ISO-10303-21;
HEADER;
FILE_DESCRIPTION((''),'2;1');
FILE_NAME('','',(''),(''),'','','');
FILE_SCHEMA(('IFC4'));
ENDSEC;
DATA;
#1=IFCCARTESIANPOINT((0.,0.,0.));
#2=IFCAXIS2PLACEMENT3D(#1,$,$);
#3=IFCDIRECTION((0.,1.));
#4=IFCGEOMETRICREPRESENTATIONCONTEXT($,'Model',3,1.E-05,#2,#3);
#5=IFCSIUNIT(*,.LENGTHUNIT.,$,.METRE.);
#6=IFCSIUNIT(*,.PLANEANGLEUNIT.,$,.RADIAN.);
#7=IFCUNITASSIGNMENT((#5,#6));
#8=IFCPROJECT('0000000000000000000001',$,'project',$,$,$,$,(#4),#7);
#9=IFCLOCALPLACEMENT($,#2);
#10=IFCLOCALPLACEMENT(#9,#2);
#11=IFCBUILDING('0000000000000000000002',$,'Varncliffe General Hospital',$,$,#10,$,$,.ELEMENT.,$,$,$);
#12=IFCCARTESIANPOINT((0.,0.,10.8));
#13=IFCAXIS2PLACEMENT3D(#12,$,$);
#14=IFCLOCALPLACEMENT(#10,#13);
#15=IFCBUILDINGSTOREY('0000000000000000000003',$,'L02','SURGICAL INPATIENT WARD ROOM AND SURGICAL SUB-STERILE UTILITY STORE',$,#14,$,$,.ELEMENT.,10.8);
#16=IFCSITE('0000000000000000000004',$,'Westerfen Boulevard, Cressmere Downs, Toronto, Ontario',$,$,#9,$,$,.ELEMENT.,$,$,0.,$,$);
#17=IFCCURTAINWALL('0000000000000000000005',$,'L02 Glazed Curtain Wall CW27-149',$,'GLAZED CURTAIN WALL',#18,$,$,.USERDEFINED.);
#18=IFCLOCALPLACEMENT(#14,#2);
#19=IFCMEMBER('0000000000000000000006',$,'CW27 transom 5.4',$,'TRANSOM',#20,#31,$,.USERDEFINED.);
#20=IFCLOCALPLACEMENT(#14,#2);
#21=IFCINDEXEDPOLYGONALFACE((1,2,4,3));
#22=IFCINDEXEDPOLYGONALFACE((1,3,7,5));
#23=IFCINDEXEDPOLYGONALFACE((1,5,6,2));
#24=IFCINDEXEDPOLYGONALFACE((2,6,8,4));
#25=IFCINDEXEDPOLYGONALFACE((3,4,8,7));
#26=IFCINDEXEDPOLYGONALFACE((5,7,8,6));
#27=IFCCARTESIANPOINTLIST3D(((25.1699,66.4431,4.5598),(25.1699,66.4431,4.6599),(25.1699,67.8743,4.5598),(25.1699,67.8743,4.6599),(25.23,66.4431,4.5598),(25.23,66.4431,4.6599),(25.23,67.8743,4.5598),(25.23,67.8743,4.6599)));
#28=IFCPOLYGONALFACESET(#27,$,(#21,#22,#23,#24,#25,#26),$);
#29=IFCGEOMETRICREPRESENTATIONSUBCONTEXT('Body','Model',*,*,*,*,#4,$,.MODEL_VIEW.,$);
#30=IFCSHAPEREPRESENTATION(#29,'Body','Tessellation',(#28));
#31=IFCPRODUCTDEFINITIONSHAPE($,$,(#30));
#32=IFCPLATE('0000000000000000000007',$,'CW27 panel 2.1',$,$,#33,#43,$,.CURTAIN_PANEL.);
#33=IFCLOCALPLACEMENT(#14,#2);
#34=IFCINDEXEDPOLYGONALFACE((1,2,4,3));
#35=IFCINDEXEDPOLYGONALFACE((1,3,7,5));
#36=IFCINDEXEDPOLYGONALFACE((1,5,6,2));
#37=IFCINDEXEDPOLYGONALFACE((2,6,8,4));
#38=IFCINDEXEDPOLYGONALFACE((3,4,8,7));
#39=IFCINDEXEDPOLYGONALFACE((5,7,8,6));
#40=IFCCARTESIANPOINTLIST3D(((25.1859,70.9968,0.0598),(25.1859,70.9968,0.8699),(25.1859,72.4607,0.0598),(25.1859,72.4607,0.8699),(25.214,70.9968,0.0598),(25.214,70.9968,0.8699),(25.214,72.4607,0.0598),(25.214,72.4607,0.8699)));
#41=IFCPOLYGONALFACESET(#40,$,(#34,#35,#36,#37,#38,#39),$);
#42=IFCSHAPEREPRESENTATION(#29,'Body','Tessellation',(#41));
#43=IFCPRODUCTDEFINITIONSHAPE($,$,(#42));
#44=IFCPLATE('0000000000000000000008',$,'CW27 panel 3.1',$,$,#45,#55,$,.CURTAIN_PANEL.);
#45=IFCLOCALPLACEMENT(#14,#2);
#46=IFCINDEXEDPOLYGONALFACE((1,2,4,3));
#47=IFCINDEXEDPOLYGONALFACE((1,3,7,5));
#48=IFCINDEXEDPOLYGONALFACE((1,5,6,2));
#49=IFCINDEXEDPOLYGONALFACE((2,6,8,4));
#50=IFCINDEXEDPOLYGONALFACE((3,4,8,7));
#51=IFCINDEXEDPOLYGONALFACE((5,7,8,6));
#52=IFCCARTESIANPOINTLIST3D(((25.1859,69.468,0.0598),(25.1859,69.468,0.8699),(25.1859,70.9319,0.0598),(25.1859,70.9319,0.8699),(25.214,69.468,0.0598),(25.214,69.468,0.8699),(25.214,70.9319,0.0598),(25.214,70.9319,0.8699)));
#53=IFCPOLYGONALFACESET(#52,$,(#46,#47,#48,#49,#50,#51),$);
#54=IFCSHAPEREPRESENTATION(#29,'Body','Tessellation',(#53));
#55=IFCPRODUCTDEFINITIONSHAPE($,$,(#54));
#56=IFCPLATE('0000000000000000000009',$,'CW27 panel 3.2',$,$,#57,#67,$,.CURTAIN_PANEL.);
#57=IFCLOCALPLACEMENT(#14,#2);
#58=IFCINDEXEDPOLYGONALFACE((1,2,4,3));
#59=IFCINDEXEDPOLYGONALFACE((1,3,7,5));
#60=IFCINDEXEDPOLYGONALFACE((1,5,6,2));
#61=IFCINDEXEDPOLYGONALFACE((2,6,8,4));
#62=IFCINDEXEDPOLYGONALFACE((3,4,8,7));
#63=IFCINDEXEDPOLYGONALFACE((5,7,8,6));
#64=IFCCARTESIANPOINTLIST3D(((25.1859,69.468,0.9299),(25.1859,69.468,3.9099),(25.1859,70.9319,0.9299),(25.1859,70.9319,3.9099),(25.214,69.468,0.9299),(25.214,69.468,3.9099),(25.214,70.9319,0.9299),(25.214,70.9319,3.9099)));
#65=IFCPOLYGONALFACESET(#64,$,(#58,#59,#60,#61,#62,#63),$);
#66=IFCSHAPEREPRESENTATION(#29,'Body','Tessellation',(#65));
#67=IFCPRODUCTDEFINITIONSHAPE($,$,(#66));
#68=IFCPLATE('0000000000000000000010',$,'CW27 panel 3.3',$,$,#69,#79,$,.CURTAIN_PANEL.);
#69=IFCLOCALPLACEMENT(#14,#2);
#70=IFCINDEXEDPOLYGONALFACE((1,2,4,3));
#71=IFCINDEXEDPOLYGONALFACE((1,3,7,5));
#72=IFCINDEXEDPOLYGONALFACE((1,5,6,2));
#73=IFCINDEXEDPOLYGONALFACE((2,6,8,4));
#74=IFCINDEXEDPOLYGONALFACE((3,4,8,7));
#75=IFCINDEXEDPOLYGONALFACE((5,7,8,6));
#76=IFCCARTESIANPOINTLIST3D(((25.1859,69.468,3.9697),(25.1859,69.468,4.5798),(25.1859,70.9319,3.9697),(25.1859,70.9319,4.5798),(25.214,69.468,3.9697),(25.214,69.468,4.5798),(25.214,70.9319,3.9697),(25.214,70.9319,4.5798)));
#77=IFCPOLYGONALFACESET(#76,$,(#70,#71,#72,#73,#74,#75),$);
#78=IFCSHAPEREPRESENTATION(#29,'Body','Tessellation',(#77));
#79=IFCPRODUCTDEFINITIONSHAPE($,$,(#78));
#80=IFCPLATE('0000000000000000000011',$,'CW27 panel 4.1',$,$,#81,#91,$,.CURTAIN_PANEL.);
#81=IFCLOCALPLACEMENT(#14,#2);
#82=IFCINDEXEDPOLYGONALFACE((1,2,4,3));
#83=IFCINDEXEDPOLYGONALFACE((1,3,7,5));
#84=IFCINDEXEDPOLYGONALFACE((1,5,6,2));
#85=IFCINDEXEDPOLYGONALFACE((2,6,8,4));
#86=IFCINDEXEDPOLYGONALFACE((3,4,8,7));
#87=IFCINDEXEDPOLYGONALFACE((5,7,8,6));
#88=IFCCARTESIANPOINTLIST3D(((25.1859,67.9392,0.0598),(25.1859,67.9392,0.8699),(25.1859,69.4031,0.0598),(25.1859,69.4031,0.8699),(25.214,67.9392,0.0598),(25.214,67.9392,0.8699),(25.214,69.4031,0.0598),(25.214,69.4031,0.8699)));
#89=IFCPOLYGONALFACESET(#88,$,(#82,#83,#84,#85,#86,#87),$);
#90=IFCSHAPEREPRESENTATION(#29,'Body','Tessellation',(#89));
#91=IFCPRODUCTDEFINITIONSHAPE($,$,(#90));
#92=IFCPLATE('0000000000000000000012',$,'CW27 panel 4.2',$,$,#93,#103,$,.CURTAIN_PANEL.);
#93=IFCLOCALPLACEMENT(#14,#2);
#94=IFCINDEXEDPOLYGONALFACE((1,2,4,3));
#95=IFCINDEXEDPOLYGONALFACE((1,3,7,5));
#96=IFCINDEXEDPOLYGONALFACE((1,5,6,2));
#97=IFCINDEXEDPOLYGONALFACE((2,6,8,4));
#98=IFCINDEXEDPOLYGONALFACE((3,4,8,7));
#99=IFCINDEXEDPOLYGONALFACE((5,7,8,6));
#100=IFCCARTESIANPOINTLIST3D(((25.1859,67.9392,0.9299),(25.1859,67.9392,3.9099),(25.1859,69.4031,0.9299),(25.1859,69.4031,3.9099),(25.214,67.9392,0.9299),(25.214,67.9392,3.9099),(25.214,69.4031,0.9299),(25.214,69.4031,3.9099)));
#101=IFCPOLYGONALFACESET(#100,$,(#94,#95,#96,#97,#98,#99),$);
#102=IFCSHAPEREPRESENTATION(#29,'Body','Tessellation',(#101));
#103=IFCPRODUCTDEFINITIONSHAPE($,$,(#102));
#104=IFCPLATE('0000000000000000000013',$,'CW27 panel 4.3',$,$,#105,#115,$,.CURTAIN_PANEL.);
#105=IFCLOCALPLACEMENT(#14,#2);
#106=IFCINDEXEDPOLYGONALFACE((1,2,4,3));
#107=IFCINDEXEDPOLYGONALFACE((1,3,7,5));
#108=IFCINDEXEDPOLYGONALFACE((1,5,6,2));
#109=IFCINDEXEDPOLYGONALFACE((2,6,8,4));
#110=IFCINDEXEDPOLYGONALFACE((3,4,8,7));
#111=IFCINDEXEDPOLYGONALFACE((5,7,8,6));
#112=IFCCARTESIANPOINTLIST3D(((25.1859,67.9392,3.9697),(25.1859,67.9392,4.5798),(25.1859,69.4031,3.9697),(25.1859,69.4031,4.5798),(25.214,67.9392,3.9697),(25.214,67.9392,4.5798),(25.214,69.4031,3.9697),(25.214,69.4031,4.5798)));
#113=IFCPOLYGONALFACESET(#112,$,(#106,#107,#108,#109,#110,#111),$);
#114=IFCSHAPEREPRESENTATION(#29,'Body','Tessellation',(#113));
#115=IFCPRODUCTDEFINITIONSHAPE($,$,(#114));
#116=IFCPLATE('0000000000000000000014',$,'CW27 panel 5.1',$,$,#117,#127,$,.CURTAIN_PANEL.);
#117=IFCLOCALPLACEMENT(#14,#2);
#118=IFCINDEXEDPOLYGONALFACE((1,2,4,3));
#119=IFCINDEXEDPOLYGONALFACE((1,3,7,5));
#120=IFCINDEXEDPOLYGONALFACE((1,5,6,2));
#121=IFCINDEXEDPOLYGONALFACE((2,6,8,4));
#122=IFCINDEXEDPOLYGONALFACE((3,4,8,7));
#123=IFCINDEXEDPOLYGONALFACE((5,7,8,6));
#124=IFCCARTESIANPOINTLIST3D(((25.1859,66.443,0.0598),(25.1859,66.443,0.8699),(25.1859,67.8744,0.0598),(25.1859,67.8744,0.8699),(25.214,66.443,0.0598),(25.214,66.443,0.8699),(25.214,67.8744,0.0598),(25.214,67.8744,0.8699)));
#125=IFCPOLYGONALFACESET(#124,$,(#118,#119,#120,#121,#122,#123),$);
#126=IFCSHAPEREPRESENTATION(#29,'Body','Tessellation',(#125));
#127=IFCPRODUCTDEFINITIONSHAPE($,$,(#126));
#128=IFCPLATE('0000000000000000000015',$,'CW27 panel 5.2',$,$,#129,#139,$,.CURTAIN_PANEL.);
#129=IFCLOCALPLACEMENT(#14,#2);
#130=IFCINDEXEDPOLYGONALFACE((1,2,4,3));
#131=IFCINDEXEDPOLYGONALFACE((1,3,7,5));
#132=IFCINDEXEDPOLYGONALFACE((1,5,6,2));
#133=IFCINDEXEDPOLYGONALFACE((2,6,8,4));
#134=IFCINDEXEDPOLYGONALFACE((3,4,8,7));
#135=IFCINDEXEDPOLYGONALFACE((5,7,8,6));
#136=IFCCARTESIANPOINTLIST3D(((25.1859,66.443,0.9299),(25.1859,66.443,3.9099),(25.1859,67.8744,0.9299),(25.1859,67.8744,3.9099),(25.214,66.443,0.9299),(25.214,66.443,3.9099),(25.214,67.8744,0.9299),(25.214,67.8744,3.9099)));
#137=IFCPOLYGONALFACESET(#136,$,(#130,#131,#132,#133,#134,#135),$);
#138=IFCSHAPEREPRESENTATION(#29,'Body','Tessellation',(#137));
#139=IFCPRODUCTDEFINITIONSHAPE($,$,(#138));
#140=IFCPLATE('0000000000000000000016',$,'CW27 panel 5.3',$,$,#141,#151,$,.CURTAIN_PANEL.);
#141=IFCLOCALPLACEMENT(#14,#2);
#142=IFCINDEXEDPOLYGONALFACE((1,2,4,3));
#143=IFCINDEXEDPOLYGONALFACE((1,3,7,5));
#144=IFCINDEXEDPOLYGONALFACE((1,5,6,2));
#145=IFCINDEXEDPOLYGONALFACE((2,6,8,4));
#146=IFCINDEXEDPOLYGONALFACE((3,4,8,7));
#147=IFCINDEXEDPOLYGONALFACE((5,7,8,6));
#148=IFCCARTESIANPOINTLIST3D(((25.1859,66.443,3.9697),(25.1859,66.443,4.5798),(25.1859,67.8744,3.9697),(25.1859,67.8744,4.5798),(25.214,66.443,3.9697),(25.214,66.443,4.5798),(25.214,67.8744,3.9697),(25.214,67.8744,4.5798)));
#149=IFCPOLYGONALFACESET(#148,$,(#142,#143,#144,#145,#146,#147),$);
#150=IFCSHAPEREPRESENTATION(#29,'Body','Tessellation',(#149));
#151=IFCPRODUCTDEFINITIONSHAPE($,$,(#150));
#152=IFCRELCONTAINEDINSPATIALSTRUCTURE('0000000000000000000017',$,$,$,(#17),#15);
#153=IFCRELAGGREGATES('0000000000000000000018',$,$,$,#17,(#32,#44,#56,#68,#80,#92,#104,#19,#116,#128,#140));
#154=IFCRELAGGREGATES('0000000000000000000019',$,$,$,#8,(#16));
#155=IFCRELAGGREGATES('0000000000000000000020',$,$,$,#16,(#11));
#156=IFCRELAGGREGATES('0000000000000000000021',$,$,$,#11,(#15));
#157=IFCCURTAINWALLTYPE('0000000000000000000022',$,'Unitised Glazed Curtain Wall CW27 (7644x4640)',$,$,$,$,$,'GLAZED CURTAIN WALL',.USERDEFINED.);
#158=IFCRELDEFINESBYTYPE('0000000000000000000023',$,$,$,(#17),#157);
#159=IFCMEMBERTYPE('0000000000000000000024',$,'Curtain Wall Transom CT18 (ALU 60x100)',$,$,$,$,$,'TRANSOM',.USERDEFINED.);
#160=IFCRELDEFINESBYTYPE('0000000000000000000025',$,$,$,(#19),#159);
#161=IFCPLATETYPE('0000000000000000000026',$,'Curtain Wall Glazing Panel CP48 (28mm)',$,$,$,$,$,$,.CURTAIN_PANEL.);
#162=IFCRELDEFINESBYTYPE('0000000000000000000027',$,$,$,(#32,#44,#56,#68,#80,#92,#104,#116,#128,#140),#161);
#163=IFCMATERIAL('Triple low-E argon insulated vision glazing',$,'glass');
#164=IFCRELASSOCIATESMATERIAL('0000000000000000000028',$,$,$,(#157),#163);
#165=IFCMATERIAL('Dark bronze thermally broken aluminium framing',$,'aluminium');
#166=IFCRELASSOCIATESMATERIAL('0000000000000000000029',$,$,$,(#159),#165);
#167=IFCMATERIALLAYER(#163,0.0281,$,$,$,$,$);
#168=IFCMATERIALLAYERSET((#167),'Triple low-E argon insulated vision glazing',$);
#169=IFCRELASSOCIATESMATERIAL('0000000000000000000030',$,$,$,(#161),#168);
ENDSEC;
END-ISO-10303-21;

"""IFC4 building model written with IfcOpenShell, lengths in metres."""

from ifc_helpers import new_model, si_unit, direction, frame, origin, origin_2d, place, context, subcontext, project, spatial, rectangle, extrude, material, layer, layer_set, material_profile, profile_set, type_object, element, aggregate, save


model = new_model("IFC4")

# Units and contexts
model_context = context("Model", 3, precision=1e-05, world=origin(), true_north=direction((0.0, 1.0)))
body_context = subcontext(model_context, "Body", "Model", "MODEL_VIEW")
ifc_project = project(units=[si_unit("LENGTHUNIT", "METRE"), si_unit("PLANEANGLEUNIT", "RADIAN")], contexts=[model_context])

# Site, building, storey
site_placement = place(None, origin())
site = spatial("IfcSite", under=ifc_project, at=site_placement, Name="Westerfen Boulevard, Cressmere Downs, Toronto, Ontario", CompositionType="ELEMENT", RefElevation=0.0)
building_placement = place(site_placement, origin())
building = spatial("IfcBuilding", under=site, at=building_placement, Name="Varncliffe General Hospital", CompositionType="ELEMENT")
storey_placement = place(building_placement, frame((0.0, 0.0, 10.8)))
storey = spatial("IfcBuildingStorey", under=building, at=storey_placement, Name="L02", Description="SURGICAL INPATIENT WARD ROOM AND SURGICAL SUB-STERILE UTILITY STORE", CompositionType="ELEMENT", Elevation=10.8)

# Curtain wall, member, plates
ifc_material_1 = material(Name="Triple low-E argon insulated vision glazing", Category="glass")
curtain_wall_type = type_object("IfcCurtainWallType", Name="Unitised Glazed Curtain Wall CW27 (7644x4640)", ElementType="GLAZED CURTAIN WALL", PredefinedType="USERDEFINED", material=ifc_material_1)
curtain_wall_placement = place(storey_placement, origin())
curtain_wall = element("IfcCurtainWall", 1, at=curtain_wall_placement, inside=storey, type_object=curtain_wall_type, Name="L02 Glazed Curtain Wall CW27-149", ObjectType="GLAZED CURTAIN WALL", PredefinedType="USERDEFINED")
ifc_material_2 = material(Name="Dark bronze thermally broken aluminium framing", Category="aluminium")
ifc_material_profile_1 = material_profile(ifc_material_2, rectangle(XDim=0.0601, YDim=0.1001, at=origin_2d()), Name="ALU 60x100")
ifc_profile_set_1 = profile_set([ifc_material_profile_1], Name="Dark bronze thermally broken aluminium framing")
member_type_1 = type_object("IfcMemberType", Name="Curtain Wall Transom CT18 (ALU 60x100)", ElementType="TRANSOM", PredefinedType="USERDEFINED", material=ifc_profile_set_1)
member_1_placement = place(storey_placement, frame((25.2, 67.8743, 4.6099), z_axis=(0.0, -1.0, 0.0), x_axis=(1.0, 0.0, 0.0)))
member_1 = element("IfcMember", 2, at=member_1_placement, type_object=member_type_1, Name="CW27 transom 5.4", ObjectType="TRANSOM", PredefinedType="USERDEFINED", context=body_context, shape_type="SweptSolid", body=[
    extrude(rectangle(XDim=0.0601, YDim=0.1001, at=origin_2d()), origin(), (0.0, 0.0, 1.0), 1.4312),
])
ifc_layer = layer(ifc_material_1, 0.0281)
ifc_layer_set = layer_set([ifc_layer], Name="Triple low-E argon insulated vision glazing")
plate_type = type_object("IfcPlateType", Name="Curtain Wall Glazing Panel CP48 (28mm)", PredefinedType="CURTAIN_PANEL", material=ifc_layer_set)
plate_1_placement = place(storey_placement, frame((25.2, 71.7288, 0.0598), z_axis=(0.0, 0.0, 1.0), x_axis=(0.0, -1.0, 0.0)))
plate_1 = element("IfcPlate", 3, at=plate_1_placement, type_object=plate_type, Name="CW27 panel 2.1", PredefinedType="CURTAIN_PANEL", context=body_context, shape_type="SweptSolid", body=[
    extrude(rectangle(XDim=1.4639, YDim=0.0281, at=origin_2d()), origin(), (0.0, 0.0, 1.0), 0.8101),
])
plate_2_placement = place(storey_placement, frame((25.2, 70.2, 0.0598), z_axis=(0.0, 0.0, 1.0), x_axis=(0.0, -1.0, 0.0)))
plate_2 = element("IfcPlate", 4, at=plate_2_placement, type_object=plate_type, Name="CW27 panel 3.1", PredefinedType="CURTAIN_PANEL", context=body_context, shape_type="SweptSolid", body=[
    extrude(rectangle(XDim=1.4639, YDim=0.0281, at=origin_2d()), origin(), (0.0, 0.0, 1.0), 0.8101),
])
plate_3_placement = place(storey_placement, frame((25.2, 70.2, 0.9299), z_axis=(0.0, 0.0, 1.0), x_axis=(0.0, -1.0, 0.0)))
plate_3 = element("IfcPlate", 5, at=plate_3_placement, type_object=plate_type, Name="CW27 panel 3.2", PredefinedType="CURTAIN_PANEL", context=body_context, shape_type="SweptSolid", body=[
    extrude(rectangle(XDim=1.4639, YDim=0.0281, at=origin_2d()), origin(), (0.0, 0.0, 1.0), 2.98),
])
plate_4_placement = place(storey_placement, frame((25.2, 70.2, 3.9697), z_axis=(0.0, 0.0, 1.0), x_axis=(0.0, -1.0, 0.0)))
plate_4 = element("IfcPlate", 6, at=plate_4_placement, type_object=plate_type, Name="CW27 panel 3.3", PredefinedType="CURTAIN_PANEL", context=body_context, shape_type="SweptSolid", body=[
    extrude(rectangle(XDim=1.4639, YDim=0.0281, at=origin_2d()), origin(), (0.0, 0.0, 1.0), 0.6101),
])
plate_5_placement = place(storey_placement, frame((25.2, 68.6711, 0.0598), z_axis=(0.0, 0.0, 1.0), x_axis=(0.0, -1.0, 0.0)))
plate_5 = element("IfcPlate", 7, at=plate_5_placement, type_object=plate_type, Name="CW27 panel 4.1", PredefinedType="CURTAIN_PANEL", context=body_context, shape_type="SweptSolid", body=[
    extrude(rectangle(XDim=1.4639, YDim=0.0281, at=origin_2d()), origin(), (0.0, 0.0, 1.0), 0.8101),
])
plate_6_placement = place(storey_placement, frame((25.2, 68.6711, 0.9299), z_axis=(0.0, 0.0, 1.0), x_axis=(0.0, -1.0, 0.0)))
plate_6 = element("IfcPlate", 8, at=plate_6_placement, type_object=plate_type, Name="CW27 panel 4.2", PredefinedType="CURTAIN_PANEL", context=body_context, shape_type="SweptSolid", body=[
    extrude(rectangle(XDim=1.4639, YDim=0.0281, at=origin_2d()), origin(), (0.0, 0.0, 1.0), 2.98),
])
plate_7_placement = place(storey_placement, frame((25.2, 68.6711, 3.9697), z_axis=(0.0, 0.0, 1.0), x_axis=(0.0, -1.0, 0.0)))
plate_7 = element("IfcPlate", 9, at=plate_7_placement, type_object=plate_type, Name="CW27 panel 4.3", PredefinedType="CURTAIN_PANEL", context=body_context, shape_type="SweptSolid", body=[
    extrude(rectangle(XDim=1.4639, YDim=0.0281, at=origin_2d()), origin(), (0.0, 0.0, 1.0), 0.6101),
])
plate_8_placement = place(storey_placement, frame((25.2, 67.1587, 0.0598), z_axis=(0.0, 0.0, 1.0), x_axis=(0.0, -1.0, 0.0)))
plate_8 = element("IfcPlate", 10, at=plate_8_placement, type_object=plate_type, Name="CW27 panel 5.1", PredefinedType="CURTAIN_PANEL", context=body_context, shape_type="SweptSolid", body=[
    extrude(rectangle(XDim=1.4314, YDim=0.0281, at=origin_2d()), origin(), (0.0, 0.0, 1.0), 0.8101),
])
plate_9_placement = place(storey_placement, frame((25.2, 67.1587, 0.9299), z_axis=(0.0, 0.0, 1.0), x_axis=(0.0, -1.0, 0.0)))
plate_9 = element("IfcPlate", 11, at=plate_9_placement, type_object=plate_type, Name="CW27 panel 5.2", PredefinedType="CURTAIN_PANEL", context=body_context, shape_type="SweptSolid", body=[
    extrude(rectangle(XDim=1.4314, YDim=0.0281, at=origin_2d()), origin(), (0.0, 0.0, 1.0), 2.98),
])
plate_10_placement = place(storey_placement, frame((25.2, 67.1587, 3.9697), z_axis=(0.0, 0.0, 1.0), x_axis=(0.0, -1.0, 0.0)))
plate_10 = element("IfcPlate", 12, at=plate_10_placement, type_object=plate_type, Name="CW27 panel 5.3", PredefinedType="CURTAIN_PANEL", context=body_context, shape_type="SweptSolid", body=[
    extrude(rectangle(XDim=1.4314, YDim=0.0281, at=origin_2d()), origin(), (0.0, 0.0, 1.0), 0.6101),
])
aggregate(curtain_wall, [plate_1, plate_2, plate_3, plate_4, plate_5, plate_6, plate_7, member_1, plate_8, plate_9, plate_10])

save(model, "model.ifc")
